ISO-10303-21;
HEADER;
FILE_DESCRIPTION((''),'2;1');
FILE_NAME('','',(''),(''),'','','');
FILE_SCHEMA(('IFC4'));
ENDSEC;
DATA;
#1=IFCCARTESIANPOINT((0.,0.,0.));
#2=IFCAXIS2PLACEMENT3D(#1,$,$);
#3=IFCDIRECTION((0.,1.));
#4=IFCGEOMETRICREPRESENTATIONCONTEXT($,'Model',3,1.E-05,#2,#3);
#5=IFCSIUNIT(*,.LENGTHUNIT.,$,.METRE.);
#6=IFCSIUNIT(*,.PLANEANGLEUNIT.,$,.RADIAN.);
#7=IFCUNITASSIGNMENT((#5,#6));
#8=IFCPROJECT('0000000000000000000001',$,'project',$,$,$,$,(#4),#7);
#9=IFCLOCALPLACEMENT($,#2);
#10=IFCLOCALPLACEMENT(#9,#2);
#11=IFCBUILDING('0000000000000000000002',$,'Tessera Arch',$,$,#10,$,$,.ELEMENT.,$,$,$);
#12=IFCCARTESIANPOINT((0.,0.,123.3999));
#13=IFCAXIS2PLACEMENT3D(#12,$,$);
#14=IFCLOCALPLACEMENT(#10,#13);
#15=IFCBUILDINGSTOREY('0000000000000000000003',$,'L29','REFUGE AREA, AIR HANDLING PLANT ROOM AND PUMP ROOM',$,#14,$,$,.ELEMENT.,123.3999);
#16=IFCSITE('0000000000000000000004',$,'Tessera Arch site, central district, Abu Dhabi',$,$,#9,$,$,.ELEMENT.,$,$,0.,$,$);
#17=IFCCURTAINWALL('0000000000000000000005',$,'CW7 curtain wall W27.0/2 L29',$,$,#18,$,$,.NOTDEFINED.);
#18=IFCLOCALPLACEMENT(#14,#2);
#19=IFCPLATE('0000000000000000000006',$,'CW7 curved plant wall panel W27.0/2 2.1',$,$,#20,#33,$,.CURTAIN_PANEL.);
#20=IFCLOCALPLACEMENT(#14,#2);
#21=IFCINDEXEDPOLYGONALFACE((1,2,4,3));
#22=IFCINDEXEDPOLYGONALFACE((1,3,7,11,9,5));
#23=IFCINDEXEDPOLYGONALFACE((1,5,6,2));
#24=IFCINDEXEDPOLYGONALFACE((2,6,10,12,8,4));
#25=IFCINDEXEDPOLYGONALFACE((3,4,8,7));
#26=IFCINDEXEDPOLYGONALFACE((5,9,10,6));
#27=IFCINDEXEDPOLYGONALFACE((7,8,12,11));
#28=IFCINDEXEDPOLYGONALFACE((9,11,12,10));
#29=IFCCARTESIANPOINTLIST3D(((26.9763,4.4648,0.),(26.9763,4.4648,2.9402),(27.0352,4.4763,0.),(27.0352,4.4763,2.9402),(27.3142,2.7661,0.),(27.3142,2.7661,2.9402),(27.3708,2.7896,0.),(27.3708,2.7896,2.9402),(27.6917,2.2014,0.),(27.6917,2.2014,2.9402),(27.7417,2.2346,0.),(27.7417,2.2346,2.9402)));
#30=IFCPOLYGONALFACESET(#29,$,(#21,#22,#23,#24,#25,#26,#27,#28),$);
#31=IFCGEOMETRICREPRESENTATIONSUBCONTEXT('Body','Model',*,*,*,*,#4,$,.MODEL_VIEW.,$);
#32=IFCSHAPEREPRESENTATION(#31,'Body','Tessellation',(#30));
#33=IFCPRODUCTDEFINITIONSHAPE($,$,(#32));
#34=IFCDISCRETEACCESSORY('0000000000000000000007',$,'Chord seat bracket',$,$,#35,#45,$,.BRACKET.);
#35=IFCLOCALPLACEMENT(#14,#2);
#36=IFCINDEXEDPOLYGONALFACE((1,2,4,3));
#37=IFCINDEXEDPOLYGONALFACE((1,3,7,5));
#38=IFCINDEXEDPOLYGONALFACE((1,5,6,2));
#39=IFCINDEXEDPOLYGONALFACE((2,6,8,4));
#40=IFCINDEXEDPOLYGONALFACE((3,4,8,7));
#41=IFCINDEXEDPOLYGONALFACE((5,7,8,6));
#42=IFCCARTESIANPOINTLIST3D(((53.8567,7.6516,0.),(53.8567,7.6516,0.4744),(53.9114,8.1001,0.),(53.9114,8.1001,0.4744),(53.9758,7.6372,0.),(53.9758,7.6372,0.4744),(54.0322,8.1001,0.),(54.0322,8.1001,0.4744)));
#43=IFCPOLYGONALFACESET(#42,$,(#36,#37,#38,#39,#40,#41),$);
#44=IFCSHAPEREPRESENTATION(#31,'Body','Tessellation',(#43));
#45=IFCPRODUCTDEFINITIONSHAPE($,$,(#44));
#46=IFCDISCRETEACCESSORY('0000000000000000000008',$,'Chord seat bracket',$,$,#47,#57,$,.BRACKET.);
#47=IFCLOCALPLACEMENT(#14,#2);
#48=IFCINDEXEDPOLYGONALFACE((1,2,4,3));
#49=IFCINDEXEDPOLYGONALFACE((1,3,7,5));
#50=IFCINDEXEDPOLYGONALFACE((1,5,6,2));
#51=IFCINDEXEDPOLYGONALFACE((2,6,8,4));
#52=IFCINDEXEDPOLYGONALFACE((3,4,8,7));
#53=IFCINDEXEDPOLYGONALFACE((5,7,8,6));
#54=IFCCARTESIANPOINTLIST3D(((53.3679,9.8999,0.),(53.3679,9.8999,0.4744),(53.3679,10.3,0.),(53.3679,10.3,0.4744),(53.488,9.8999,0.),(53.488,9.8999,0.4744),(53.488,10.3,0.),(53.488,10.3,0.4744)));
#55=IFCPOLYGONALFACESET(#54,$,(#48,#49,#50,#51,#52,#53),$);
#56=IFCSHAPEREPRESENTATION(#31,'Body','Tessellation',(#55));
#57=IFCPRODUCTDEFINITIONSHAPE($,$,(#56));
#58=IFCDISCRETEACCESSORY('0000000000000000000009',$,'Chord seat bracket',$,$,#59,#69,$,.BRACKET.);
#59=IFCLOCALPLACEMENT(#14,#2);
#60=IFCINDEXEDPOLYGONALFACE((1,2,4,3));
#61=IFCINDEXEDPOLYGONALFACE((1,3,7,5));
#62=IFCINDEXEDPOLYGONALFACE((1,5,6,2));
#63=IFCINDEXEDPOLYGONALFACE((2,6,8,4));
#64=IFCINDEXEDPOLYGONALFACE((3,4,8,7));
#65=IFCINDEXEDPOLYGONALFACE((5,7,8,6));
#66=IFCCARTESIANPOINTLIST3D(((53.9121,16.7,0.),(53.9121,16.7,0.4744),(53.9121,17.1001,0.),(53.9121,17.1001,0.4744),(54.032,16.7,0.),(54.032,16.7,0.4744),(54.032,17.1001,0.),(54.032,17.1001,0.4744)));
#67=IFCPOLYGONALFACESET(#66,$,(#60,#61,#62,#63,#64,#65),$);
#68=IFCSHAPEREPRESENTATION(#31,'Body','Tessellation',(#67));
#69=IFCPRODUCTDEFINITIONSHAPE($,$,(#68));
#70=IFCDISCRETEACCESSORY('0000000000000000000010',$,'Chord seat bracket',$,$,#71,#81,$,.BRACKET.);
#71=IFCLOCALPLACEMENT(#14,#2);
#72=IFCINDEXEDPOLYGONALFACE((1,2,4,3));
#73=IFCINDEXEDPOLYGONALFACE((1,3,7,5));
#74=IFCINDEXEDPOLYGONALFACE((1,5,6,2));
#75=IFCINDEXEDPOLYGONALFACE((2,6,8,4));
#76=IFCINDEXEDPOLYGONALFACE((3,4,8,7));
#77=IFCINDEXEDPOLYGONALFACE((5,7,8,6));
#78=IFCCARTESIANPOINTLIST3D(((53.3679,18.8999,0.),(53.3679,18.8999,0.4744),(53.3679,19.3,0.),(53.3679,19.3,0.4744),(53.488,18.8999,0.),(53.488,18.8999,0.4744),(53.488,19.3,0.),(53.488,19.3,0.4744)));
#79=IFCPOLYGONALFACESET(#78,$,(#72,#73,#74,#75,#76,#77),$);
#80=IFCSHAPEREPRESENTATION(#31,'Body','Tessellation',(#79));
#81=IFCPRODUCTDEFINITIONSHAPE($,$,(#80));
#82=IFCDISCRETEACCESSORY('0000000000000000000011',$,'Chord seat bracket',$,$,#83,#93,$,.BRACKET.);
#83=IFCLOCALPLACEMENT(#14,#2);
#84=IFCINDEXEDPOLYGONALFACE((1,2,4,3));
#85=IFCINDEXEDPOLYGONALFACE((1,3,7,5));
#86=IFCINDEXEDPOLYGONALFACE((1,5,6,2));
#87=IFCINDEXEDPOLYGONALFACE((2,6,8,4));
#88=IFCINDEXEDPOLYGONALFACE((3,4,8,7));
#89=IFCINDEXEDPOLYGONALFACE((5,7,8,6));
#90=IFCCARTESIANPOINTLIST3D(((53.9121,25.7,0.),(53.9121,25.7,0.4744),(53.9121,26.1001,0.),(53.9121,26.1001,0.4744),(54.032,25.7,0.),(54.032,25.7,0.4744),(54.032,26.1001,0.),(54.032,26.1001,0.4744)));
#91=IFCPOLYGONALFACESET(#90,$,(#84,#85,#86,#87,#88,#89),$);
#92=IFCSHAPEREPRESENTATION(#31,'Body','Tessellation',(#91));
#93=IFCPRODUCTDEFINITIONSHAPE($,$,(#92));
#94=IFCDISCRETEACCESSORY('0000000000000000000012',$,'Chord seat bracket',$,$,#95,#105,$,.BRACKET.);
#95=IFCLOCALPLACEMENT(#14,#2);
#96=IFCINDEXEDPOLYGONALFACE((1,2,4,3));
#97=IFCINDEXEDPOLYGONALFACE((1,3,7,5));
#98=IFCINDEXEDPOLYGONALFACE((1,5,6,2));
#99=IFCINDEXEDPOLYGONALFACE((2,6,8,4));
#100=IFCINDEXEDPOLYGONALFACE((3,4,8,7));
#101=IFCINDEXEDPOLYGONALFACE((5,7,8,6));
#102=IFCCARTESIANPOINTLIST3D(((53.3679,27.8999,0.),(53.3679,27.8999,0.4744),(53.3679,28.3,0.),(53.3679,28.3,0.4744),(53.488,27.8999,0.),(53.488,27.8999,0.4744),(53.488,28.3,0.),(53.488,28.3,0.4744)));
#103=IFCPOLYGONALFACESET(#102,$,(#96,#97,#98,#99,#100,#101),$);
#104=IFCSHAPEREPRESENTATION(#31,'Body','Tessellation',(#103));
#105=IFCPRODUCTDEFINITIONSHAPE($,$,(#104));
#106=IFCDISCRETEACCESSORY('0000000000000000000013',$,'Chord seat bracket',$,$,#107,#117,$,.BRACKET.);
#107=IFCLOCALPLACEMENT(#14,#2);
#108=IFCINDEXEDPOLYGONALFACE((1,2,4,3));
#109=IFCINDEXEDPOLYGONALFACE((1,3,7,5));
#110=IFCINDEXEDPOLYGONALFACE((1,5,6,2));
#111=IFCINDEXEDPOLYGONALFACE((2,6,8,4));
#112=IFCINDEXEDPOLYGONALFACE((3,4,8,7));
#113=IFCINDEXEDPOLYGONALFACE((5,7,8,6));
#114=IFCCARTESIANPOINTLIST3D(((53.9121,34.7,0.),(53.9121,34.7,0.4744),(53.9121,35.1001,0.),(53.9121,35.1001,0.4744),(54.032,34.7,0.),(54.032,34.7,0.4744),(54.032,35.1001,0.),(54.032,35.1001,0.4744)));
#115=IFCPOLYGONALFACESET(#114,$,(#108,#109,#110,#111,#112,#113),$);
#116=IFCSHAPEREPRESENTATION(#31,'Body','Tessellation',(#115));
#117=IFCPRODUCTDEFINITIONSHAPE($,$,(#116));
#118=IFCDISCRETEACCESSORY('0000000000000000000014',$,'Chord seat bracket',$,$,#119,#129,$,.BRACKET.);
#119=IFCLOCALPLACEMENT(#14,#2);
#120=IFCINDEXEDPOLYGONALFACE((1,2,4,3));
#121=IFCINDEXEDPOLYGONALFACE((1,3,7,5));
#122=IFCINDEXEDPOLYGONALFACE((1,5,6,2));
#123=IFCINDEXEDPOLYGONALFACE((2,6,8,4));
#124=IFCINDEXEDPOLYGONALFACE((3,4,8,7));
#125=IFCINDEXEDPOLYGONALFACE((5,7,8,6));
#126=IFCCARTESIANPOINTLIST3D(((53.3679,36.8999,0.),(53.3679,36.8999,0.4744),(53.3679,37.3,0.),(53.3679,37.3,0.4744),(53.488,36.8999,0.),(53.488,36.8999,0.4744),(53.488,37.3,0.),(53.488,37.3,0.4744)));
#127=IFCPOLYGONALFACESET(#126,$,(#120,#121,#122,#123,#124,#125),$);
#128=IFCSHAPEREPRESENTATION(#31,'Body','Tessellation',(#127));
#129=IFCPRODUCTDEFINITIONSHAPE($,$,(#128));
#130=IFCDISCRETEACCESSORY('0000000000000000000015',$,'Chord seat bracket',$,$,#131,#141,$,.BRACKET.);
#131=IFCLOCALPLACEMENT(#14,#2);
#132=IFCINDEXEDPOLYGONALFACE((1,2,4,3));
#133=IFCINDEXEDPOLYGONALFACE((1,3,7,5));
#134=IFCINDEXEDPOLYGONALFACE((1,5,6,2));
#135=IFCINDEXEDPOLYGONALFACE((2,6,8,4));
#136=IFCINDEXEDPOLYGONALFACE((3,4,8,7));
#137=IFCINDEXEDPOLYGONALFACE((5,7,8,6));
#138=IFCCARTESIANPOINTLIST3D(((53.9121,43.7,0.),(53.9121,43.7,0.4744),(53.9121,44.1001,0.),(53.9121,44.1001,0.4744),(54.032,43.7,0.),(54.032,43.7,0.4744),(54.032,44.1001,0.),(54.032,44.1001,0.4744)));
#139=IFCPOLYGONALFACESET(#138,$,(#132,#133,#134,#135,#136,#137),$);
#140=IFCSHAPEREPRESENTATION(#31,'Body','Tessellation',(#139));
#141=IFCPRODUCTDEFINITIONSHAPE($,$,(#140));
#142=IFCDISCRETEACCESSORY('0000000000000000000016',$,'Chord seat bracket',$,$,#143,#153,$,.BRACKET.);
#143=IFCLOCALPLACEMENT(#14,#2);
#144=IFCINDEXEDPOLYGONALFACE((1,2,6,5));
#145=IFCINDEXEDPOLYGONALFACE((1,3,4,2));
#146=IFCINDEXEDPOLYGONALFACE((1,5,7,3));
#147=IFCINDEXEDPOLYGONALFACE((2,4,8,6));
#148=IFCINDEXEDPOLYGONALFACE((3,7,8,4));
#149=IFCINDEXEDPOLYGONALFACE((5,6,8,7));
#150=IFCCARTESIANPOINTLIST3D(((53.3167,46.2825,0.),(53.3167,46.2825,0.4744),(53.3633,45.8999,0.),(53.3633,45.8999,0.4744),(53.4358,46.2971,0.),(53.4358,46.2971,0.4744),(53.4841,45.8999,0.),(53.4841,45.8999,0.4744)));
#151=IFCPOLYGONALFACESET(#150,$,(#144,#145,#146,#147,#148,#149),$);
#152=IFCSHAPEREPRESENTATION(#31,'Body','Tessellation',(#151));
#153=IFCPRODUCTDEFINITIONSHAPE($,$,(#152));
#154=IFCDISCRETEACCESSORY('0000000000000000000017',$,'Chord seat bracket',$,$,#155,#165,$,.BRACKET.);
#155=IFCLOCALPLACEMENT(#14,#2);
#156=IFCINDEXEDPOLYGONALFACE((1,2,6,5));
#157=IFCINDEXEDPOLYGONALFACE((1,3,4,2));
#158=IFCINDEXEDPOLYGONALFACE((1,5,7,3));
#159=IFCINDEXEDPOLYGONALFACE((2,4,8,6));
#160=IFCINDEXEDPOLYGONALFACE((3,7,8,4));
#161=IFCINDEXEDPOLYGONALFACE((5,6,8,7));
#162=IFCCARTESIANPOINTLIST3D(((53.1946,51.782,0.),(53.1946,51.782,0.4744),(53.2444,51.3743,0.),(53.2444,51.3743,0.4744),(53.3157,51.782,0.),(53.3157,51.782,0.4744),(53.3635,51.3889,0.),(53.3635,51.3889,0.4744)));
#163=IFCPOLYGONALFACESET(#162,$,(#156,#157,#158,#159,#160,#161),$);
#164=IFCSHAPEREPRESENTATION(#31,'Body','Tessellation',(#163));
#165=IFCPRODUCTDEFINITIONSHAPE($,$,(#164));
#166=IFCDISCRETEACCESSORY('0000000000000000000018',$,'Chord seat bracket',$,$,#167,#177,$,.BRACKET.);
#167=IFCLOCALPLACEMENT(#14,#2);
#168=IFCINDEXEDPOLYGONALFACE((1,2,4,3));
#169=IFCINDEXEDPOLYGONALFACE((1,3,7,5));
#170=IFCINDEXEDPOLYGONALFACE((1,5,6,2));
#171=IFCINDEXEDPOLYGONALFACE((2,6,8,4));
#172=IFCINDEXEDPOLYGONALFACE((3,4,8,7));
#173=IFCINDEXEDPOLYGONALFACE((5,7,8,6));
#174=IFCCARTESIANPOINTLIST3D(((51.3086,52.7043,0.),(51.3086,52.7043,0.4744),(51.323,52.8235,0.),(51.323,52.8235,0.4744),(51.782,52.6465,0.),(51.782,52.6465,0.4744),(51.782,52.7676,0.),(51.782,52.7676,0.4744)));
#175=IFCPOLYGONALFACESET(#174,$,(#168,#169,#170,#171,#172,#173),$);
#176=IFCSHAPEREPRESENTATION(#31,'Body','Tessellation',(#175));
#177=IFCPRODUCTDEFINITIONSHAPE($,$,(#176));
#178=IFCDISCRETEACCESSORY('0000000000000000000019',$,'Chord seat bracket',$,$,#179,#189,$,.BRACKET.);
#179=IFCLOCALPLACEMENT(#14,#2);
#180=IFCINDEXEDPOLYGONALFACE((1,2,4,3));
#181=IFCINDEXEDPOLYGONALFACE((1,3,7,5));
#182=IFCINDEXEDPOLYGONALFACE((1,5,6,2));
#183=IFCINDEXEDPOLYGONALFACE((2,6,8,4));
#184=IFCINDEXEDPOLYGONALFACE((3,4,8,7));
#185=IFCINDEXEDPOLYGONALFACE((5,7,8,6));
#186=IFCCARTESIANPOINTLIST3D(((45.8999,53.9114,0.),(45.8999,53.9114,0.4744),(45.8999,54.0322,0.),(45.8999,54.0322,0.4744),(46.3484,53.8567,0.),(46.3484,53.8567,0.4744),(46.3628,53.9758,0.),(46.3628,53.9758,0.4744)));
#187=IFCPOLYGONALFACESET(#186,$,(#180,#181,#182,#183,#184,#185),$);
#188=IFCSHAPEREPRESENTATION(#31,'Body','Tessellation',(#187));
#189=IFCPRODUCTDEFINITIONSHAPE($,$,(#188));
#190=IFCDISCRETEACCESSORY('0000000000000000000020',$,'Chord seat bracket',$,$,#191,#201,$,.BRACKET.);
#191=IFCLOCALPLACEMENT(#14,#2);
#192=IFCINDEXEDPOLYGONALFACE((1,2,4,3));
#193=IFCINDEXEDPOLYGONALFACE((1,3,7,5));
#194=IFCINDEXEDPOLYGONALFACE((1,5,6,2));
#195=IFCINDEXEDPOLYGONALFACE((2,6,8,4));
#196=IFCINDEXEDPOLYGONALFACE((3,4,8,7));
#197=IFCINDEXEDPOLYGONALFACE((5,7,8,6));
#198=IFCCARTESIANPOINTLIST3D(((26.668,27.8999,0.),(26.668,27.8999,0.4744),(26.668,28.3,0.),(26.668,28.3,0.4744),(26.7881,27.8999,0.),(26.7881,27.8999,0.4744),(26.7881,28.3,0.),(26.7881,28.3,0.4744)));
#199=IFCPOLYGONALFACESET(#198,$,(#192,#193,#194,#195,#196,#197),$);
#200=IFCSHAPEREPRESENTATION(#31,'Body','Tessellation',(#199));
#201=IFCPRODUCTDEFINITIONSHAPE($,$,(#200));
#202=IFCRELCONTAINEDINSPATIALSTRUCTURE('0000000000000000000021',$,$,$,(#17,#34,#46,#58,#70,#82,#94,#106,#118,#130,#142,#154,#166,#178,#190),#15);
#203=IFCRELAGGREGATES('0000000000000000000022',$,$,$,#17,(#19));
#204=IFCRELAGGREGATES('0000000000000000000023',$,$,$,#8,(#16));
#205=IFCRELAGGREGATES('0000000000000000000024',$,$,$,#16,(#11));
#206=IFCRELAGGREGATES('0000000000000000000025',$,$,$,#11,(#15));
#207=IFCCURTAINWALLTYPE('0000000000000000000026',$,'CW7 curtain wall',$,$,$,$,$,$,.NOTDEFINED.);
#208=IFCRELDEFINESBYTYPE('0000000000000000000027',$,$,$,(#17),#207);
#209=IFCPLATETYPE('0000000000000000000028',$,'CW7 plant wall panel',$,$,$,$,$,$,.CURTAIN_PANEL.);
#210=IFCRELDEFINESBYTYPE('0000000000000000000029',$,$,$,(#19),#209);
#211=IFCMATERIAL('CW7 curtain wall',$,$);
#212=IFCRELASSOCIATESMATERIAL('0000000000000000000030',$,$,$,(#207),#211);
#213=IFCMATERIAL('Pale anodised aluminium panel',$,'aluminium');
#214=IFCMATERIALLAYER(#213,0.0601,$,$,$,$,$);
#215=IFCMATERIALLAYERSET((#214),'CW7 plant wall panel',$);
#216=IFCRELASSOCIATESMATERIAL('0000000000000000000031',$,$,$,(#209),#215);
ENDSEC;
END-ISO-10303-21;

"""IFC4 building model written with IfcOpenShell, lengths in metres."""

from ifc_helpers import new_model, si_unit, direction, frame, origin, place, context, subcontext, project, spatial, polyline, outline, extrude, material, layer, layer_set, type_object, element, aggregate, save


model = new_model("IFC4")

# Units and contexts
model_context = context("Model", 3, precision=1e-05, world=origin(), true_north=direction((0.0, 1.0)))
body_context = subcontext(model_context, "Body", "Model", "MODEL_VIEW")
ifc_project = project(units=[si_unit("LENGTHUNIT", "METRE"), si_unit("PLANEANGLEUNIT", "RADIAN")], contexts=[model_context])

# Site, building, storey
site_placement = place(None, origin())
site = spatial("IfcSite", under=ifc_project, at=site_placement, Name="Tessera Arch site, central district, Abu Dhabi", CompositionType="ELEMENT", RefElevation=0.0)
building_placement = place(site_placement, origin())
building = spatial("IfcBuilding", under=site, at=building_placement, Name="Tessera Arch", CompositionType="ELEMENT")
storey_placement = place(building_placement, frame((0.0, 0.0, 123.3999)))
storey = spatial("IfcBuildingStorey", under=building, at=storey_placement, Name="L29", Description="REFUGE AREA, AIR HANDLING PLANT ROOM AND PUMP ROOM", CompositionType="ELEMENT", Elevation=123.3999)

# Curtain wall
ifc_material_1 = material(Name="CW7 curtain wall")
curtain_wall_type = type_object("IfcCurtainWallType", Name="CW7 curtain wall", PredefinedType="NOTDEFINED", material=ifc_material_1)
curtain_wall_1_placement = place(storey_placement, origin())
curtain_wall_1 = element("IfcCurtainWall", 1, at=curtain_wall_1_placement, inside=storey, type_object=curtain_wall_type, Name="CW7 curtain wall W27.0/2 L29", PredefinedType="NOTDEFINED")

# Plate
ifc_material_2 = material(Name="Pale anodised aluminium panel", Category="aluminium")
ifc_layer = layer(ifc_material_2, 0.0601)
ifc_layer_set = layer_set([ifc_layer], Name="CW7 plant wall panel")
plate_type = type_object("IfcPlateType", Name="CW7 plant wall panel", PredefinedType="CURTAIN_PANEL", material=ifc_layer_set)
plate_1_placement = place(storey_placement, origin())
plate_1 = element("IfcPlate", 2, at=plate_1_placement, type_object=plate_type, Name="CW7 curved plant wall panel W27.0/2 2.1", PredefinedType="CURTAIN_PANEL", context=body_context, shape_type="SweptSolid", body=[
    extrude(outline(polyline([(27.3708, 2.7896), (27.0352, 4.4763), (26.9763, 4.4648), (27.3142, 2.7661), (27.6917, 2.2014), (27.7417, 2.2346), (27.3708, 2.7896)])), origin(), (0.0, 0.0, 1.0), 2.9402),
])
aggregate(curtain_wall_1, [plate_1])

# Discrete accessories
discrete_accessory_1_placement = place(storey_placement, origin())
element("IfcDiscreteAccessory", 3, at=discrete_accessory_1_placement, inside=storey, Name="Chord seat bracket", PredefinedType="BRACKET", context=body_context, shape_type="SweptSolid", body=[
    extrude(outline(polyline([(53.8567, 7.6516), (53.9114, 8.1001), (54.0322, 8.1001), (53.9758, 7.6372), (53.8567, 7.6516)])), origin(), (0.0, 0.0, 1.0), 0.4744),
])
discrete_accessory_2_placement = place(storey_placement, origin())
element("IfcDiscreteAccessory", 4, at=discrete_accessory_2_placement, inside=storey, Name="Chord seat bracket", PredefinedType="BRACKET", context=body_context, shape_type="SweptSolid", body=[
    extrude(outline(polyline([(53.488, 10.3), (53.488, 9.8999), (53.3679, 9.8999), (53.3679, 10.3), (53.488, 10.3)])), origin(), (0.0, 0.0, 1.0), 0.4744),
])
discrete_accessory_3_placement = place(storey_placement, origin())
element("IfcDiscreteAccessory", 5, at=discrete_accessory_3_placement, inside=storey, Name="Chord seat bracket", PredefinedType="BRACKET", context=body_context, shape_type="SweptSolid", body=[
    extrude(outline(polyline([(53.9121, 16.7), (53.9121, 17.1001), (54.032, 17.1001), (54.032, 16.7), (53.9121, 16.7)])), origin(), (0.0, 0.0, 1.0), 0.4744),
])
discrete_accessory_4_placement = place(storey_placement, origin())
element("IfcDiscreteAccessory", 6, at=discrete_accessory_4_placement, inside=storey, Name="Chord seat bracket", PredefinedType="BRACKET", context=body_context, shape_type="SweptSolid", body=[
    extrude(outline(polyline([(53.488, 19.3), (53.488, 18.8999), (53.3679, 18.8999), (53.3679, 19.3), (53.488, 19.3)])), origin(), (0.0, 0.0, 1.0), 0.4744),
])
discrete_accessory_5_placement = place(storey_placement, origin())
element("IfcDiscreteAccessory", 7, at=discrete_accessory_5_placement, inside=storey, Name="Chord seat bracket", PredefinedType="BRACKET", context=body_context, shape_type="SweptSolid", body=[
    extrude(outline(polyline([(53.9121, 25.7), (53.9121, 26.1001), (54.032, 26.1001), (54.032, 25.7), (53.9121, 25.7)])), origin(), (0.0, 0.0, 1.0), 0.4744),
])
discrete_accessory_6_placement = place(storey_placement, origin())
element("IfcDiscreteAccessory", 8, at=discrete_accessory_6_placement, inside=storey, Name="Chord seat bracket", PredefinedType="BRACKET", context=body_context, shape_type="SweptSolid", body=[
    extrude(outline(polyline([(53.488, 28.3), (53.488, 27.8999), (53.3679, 27.8999), (53.3679, 28.3), (53.488, 28.3)])), origin(), (0.0, 0.0, 1.0), 0.4744),
])
discrete_accessory_7_placement = place(storey_placement, origin())
element("IfcDiscreteAccessory", 9, at=discrete_accessory_7_placement, inside=storey, Name="Chord seat bracket", PredefinedType="BRACKET", context=body_context, shape_type="SweptSolid", body=[
    extrude(outline(polyline([(53.9121, 35.1001), (54.032, 35.1001), (54.032, 34.7), (53.9121, 34.7), (53.9121, 35.1001)])), origin(), (0.0, 0.0, 1.0), 0.4744),
])
discrete_accessory_8_placement = place(storey_placement, origin())
element("IfcDiscreteAccessory", 10, at=discrete_accessory_8_placement, inside=storey, Name="Chord seat bracket", PredefinedType="BRACKET", context=body_context, shape_type="SweptSolid", body=[
    extrude(outline(polyline([(53.488, 36.8999), (53.3679, 36.8999), (53.3679, 37.3), (53.488, 37.3), (53.488, 36.8999)])), origin(), (0.0, 0.0, 1.0), 0.4744),
])
discrete_accessory_9_placement = place(storey_placement, origin())
element("IfcDiscreteAccessory", 11, at=discrete_accessory_9_placement, inside=storey, Name="Chord seat bracket", PredefinedType="BRACKET", context=body_context, shape_type="SweptSolid", body=[
    extrude(outline(polyline([(53.9121, 43.7), (53.9121, 44.1001), (54.032, 44.1001), (54.032, 43.7), (53.9121, 43.7)])), origin(), (0.0, 0.0, 1.0), 0.4744),
])
discrete_accessory_10_placement = place(storey_placement, origin())
element("IfcDiscreteAccessory", 12, at=discrete_accessory_10_placement, inside=storey, Name="Chord seat bracket", PredefinedType="BRACKET", context=body_context, shape_type="SweptSolid", body=[
    extrude(outline(polyline([(53.4358, 46.2971), (53.4841, 45.8999), (53.3633, 45.8999), (53.3167, 46.2825), (53.4358, 46.2971)])), origin(), (0.0, 0.0, 1.0), 0.4744),
])
discrete_accessory_11_placement = place(storey_placement, origin())
element("IfcDiscreteAccessory", 13, at=discrete_accessory_11_placement, inside=storey, Name="Chord seat bracket", PredefinedType="BRACKET", context=body_context, shape_type="SweptSolid", body=[
    extrude(outline(polyline([(53.2444, 51.3743), (53.1946, 51.782), (53.3157, 51.782), (53.3635, 51.3889), (53.2444, 51.3743)])), origin(), (0.0, 0.0, 1.0), 0.4744),
])
discrete_accessory_12_placement = place(storey_placement, origin())
element("IfcDiscreteAccessory", 14, at=discrete_accessory_12_placement, inside=storey, Name="Chord seat bracket", PredefinedType="BRACKET", context=body_context, shape_type="SweptSolid", body=[
    extrude(outline(polyline([(51.323, 52.8235), (51.782, 52.7676), (51.782, 52.6465), (51.3086, 52.7043), (51.323, 52.8235)])), origin(), (0.0, 0.0, 1.0), 0.4744),
])
discrete_accessory_13_placement = place(storey_placement, origin())
element("IfcDiscreteAccessory", 15, at=discrete_accessory_13_placement, inside=storey, Name="Chord seat bracket", PredefinedType="BRACKET", context=body_context, shape_type="SweptSolid", body=[
    extrude(outline(polyline([(46.3484, 53.8567), (45.8999, 53.9114), (45.8999, 54.0322), (46.3628, 53.9758), (46.3484, 53.8567)])), origin(), (0.0, 0.0, 1.0), 0.4744),
])
discrete_accessory_14_placement = place(storey_placement, origin())
element("IfcDiscreteAccessory", 16, at=discrete_accessory_14_placement, inside=storey, Name="Chord seat bracket", PredefinedType="BRACKET", context=body_context, shape_type="SweptSolid", body=[
    extrude(outline(polyline([(26.7881, 28.3), (26.7881, 27.8999), (26.668, 27.8999), (26.668, 28.3), (26.7881, 28.3)])), origin(), (0.0, 0.0, 1.0), 0.4744),
])

save(model, "model.ifc")
